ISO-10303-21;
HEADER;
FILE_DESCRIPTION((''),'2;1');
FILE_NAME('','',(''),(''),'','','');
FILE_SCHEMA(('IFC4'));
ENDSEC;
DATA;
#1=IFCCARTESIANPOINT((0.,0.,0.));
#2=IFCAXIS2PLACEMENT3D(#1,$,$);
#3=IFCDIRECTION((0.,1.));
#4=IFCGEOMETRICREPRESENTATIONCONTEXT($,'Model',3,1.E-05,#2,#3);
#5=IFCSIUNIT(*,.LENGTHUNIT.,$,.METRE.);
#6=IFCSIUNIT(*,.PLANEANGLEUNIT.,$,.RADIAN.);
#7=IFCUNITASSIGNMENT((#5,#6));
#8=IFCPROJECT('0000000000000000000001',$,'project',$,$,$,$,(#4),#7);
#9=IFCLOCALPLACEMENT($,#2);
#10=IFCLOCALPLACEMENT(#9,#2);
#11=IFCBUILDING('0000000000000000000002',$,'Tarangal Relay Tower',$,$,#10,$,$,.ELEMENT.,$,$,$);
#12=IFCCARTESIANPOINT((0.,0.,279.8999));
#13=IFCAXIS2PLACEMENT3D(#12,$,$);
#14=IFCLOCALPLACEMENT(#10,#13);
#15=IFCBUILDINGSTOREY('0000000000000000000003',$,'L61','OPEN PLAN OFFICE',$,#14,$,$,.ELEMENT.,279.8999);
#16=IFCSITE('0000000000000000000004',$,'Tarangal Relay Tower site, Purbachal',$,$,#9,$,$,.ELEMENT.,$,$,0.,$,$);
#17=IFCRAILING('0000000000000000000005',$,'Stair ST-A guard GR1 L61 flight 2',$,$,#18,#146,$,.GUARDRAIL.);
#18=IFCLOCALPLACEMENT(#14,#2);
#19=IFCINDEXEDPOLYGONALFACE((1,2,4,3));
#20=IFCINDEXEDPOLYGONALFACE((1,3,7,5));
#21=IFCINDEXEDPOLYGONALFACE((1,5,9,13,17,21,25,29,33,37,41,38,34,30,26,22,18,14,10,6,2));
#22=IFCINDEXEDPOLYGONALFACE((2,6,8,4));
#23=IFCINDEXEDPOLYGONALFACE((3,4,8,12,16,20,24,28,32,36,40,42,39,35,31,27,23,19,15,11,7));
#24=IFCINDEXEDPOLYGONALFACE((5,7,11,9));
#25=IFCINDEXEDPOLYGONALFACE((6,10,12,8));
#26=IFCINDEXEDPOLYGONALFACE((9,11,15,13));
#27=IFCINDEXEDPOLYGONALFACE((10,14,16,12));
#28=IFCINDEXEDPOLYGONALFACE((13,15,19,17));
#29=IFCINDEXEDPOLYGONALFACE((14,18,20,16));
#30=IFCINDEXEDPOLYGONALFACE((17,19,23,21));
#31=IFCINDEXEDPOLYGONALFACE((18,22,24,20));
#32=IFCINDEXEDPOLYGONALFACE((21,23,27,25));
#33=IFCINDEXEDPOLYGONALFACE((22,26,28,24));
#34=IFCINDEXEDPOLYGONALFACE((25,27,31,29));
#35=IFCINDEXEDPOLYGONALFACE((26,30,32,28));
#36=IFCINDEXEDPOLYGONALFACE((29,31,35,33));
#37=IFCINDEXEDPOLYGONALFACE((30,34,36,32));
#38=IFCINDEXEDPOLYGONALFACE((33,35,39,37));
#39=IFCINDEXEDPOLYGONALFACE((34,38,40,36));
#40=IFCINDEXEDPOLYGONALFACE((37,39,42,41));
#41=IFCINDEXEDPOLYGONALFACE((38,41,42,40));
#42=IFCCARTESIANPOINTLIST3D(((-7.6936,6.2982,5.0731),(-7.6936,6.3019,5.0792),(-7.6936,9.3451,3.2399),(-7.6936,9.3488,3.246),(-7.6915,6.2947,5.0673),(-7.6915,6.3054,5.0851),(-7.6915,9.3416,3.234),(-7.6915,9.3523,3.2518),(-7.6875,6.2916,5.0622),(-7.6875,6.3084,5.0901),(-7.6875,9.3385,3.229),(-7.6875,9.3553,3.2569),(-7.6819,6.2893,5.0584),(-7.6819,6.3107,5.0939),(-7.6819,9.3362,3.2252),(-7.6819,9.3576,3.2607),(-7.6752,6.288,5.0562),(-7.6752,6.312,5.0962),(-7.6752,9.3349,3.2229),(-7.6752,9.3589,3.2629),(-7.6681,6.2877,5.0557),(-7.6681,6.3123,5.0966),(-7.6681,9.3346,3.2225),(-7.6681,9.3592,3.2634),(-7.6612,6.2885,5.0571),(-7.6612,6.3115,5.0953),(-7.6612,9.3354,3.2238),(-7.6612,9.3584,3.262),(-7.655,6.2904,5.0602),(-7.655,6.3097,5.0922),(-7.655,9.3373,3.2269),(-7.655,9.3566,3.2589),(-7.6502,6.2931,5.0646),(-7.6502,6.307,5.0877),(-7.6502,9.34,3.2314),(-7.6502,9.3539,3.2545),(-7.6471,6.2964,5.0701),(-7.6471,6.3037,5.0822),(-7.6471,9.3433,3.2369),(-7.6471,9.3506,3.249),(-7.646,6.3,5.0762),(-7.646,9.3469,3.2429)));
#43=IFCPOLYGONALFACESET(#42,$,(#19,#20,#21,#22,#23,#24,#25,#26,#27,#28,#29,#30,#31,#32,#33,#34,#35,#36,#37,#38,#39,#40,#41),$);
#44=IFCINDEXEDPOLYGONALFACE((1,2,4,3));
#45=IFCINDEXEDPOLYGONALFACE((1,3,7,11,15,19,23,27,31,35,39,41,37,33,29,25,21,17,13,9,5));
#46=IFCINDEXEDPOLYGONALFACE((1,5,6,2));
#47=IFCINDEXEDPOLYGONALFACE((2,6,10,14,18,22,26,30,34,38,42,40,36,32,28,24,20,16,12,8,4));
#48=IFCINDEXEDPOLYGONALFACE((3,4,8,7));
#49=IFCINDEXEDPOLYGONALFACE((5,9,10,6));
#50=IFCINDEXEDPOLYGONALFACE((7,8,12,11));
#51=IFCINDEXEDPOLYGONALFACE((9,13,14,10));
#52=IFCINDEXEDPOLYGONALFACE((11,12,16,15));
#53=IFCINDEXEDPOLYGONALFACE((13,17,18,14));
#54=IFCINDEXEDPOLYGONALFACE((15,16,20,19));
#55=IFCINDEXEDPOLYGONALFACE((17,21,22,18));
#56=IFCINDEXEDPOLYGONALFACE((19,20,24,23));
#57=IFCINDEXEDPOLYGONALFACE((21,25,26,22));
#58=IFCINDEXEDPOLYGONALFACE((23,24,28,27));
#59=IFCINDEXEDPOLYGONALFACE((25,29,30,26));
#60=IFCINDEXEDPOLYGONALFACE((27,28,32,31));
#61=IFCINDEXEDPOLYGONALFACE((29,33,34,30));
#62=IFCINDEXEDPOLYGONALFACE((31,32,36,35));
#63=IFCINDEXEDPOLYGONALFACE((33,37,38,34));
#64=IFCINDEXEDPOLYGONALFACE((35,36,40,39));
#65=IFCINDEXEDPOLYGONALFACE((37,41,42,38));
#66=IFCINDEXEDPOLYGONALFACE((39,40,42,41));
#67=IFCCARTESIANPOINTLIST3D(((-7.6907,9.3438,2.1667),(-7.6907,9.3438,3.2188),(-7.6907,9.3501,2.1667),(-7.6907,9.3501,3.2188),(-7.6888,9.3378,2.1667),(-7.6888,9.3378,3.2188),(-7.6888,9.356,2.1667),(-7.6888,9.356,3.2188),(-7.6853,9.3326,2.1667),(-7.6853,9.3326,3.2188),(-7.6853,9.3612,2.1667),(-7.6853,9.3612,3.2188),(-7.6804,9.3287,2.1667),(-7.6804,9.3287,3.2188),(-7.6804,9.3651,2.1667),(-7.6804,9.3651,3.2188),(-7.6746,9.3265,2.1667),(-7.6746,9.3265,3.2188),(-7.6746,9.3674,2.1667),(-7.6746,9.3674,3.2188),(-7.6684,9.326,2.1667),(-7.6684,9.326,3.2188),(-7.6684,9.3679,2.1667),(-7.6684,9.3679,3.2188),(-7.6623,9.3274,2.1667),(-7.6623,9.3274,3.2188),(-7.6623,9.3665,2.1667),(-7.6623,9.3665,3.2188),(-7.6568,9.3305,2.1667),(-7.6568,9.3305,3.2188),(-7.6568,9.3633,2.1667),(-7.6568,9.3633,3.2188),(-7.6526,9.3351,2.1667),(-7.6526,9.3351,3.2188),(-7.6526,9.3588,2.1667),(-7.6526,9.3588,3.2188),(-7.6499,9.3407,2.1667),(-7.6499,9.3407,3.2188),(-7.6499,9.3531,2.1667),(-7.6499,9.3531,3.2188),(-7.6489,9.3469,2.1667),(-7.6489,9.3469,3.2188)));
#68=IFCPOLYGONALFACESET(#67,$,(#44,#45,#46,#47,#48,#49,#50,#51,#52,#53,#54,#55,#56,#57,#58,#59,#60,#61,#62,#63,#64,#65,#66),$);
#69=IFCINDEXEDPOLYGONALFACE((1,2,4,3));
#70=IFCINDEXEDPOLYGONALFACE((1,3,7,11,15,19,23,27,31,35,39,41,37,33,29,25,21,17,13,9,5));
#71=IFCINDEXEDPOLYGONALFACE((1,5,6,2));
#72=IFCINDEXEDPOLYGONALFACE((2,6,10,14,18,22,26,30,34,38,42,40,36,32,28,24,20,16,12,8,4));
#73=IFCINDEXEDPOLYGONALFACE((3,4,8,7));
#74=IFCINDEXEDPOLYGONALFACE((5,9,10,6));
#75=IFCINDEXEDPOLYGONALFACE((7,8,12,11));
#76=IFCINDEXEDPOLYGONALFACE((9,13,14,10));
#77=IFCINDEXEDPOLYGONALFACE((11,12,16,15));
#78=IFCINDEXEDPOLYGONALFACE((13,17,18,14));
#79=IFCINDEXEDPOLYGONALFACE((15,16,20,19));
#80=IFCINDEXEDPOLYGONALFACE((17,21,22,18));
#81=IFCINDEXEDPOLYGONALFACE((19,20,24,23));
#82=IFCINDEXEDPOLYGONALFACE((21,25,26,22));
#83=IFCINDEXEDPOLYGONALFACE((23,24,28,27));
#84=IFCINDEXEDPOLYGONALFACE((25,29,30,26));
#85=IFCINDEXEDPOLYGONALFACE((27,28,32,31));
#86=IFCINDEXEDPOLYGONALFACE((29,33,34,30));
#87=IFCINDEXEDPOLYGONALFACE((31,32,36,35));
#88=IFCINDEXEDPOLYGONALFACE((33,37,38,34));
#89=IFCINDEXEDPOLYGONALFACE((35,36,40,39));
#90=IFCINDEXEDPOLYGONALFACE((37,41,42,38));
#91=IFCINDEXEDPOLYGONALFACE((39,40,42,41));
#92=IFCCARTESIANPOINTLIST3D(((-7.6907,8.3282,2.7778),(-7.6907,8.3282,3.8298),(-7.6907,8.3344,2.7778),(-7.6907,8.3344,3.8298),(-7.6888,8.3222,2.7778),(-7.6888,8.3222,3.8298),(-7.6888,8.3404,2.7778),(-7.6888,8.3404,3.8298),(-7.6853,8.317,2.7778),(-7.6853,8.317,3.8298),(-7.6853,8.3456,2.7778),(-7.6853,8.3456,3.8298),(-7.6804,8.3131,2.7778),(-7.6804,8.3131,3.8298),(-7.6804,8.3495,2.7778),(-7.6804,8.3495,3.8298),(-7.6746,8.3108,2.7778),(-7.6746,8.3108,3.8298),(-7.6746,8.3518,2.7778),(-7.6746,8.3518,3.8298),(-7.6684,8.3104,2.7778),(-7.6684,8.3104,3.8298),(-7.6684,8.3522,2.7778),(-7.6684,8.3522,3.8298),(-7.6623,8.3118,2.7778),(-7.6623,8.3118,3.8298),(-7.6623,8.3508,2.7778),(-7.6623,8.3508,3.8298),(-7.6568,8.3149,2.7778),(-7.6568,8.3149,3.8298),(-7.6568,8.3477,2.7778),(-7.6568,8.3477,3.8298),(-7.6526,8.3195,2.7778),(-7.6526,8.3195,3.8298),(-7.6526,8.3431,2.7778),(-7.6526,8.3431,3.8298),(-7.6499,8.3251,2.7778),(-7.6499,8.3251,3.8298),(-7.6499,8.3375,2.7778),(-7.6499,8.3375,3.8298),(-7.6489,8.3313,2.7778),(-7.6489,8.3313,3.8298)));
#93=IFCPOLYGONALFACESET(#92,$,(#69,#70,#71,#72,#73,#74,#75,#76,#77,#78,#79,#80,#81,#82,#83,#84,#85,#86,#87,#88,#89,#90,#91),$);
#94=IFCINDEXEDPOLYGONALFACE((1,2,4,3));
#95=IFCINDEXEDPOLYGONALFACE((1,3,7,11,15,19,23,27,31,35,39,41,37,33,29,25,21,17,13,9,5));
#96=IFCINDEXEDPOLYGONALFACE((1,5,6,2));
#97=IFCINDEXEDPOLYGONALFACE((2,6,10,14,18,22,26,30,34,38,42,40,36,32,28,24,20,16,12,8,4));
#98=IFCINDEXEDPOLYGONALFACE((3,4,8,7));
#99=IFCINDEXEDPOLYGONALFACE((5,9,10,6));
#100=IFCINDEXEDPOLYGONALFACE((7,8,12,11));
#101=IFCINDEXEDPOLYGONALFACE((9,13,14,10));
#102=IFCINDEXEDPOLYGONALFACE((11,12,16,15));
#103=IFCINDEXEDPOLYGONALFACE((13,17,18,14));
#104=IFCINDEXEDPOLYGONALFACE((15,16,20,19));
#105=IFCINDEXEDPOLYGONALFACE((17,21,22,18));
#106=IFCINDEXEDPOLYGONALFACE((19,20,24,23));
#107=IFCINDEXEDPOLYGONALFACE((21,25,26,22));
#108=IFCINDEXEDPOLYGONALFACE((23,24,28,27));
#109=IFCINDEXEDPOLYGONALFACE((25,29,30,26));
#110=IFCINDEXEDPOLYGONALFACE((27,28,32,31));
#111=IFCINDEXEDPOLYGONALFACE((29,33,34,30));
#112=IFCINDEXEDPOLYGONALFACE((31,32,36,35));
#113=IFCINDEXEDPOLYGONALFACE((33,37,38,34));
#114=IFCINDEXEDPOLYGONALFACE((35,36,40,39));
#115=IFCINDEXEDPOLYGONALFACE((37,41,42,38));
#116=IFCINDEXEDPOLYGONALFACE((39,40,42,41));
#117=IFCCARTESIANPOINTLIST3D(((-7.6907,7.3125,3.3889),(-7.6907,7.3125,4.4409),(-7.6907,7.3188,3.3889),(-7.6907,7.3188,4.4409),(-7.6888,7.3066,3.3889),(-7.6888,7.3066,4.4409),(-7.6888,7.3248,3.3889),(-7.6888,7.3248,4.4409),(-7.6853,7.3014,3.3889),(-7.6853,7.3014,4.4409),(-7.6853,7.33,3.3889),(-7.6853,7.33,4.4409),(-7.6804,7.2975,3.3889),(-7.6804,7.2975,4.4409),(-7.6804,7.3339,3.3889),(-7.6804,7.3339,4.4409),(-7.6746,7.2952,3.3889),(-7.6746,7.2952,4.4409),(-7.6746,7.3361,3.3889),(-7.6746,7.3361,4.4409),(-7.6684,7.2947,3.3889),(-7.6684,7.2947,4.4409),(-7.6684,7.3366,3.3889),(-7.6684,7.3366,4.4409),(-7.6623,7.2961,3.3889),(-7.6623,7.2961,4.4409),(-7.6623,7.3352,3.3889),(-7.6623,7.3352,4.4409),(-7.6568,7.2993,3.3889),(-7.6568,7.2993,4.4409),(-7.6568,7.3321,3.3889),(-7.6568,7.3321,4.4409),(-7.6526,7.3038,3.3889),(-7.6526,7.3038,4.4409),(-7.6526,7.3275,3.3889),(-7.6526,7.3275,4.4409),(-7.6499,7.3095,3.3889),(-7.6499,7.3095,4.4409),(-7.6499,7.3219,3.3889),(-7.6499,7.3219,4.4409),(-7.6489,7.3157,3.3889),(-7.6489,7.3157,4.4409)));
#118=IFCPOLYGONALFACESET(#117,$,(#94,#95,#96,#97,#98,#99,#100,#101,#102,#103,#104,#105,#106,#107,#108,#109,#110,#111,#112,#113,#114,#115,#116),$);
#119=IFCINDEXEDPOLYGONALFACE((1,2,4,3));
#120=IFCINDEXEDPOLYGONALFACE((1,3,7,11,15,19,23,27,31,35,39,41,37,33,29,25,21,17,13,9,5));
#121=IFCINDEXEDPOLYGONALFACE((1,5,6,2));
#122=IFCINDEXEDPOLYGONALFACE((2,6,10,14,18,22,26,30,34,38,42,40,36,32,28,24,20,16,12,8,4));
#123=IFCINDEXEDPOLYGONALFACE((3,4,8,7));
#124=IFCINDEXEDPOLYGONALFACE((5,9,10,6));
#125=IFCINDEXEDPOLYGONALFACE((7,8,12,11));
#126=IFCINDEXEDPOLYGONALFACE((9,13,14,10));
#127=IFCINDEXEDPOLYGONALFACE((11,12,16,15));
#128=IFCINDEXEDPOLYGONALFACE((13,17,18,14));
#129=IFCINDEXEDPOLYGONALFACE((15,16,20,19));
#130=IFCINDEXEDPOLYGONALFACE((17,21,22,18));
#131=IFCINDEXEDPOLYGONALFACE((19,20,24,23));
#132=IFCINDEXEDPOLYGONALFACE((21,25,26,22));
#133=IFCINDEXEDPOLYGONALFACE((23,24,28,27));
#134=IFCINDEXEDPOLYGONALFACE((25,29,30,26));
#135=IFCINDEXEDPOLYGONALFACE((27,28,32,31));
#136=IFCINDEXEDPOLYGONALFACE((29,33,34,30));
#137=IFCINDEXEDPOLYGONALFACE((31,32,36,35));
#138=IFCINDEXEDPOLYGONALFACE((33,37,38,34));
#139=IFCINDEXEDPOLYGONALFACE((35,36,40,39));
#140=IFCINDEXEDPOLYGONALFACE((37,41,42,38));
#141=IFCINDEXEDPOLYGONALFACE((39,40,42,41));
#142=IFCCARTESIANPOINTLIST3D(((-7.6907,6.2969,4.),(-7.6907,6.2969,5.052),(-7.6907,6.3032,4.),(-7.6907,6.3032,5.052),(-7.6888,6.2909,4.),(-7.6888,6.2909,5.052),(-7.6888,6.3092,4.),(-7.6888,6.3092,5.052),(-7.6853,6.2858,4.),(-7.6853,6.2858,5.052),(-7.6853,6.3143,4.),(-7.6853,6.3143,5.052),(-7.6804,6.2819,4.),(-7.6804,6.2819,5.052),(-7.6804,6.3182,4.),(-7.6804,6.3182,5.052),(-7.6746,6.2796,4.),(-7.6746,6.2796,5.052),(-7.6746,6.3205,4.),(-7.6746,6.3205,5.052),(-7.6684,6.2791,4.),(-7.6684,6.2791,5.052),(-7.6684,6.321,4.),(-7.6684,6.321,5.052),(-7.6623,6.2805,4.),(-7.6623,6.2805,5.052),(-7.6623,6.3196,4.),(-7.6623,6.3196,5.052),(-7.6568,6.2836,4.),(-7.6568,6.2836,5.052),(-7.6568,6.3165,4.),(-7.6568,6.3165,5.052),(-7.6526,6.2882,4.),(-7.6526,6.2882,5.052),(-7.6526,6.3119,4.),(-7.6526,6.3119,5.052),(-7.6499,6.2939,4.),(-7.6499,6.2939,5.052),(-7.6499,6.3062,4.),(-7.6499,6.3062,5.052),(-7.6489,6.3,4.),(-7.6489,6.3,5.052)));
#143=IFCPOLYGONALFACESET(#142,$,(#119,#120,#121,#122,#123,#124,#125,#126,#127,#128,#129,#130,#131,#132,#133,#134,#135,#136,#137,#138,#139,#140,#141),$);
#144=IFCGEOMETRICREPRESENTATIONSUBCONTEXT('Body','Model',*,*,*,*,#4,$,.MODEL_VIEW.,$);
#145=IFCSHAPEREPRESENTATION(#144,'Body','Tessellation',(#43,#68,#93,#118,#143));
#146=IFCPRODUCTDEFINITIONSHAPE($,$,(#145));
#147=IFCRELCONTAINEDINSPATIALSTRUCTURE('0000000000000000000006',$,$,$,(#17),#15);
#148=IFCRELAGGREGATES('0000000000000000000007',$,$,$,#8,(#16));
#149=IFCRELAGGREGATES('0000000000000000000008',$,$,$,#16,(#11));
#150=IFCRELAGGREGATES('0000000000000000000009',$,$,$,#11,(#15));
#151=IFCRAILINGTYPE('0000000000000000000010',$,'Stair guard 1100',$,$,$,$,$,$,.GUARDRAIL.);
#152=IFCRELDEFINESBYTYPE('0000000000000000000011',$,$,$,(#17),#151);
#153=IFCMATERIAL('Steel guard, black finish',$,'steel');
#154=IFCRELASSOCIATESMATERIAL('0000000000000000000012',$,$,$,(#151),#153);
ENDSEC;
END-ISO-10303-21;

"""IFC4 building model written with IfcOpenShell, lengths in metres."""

from ifc_helpers import new_model, si_unit, direction, frame, origin, origin_2d, place, context, subcontext, project, spatial, circle, extrude, material, type_object, element, save


model = new_model("IFC4")

# Units and contexts
model_context = context("Model", 3, precision=1e-05, world=origin(), true_north=direction((0.0, 1.0)))
body_context = subcontext(model_context, "Body", "Model", "MODEL_VIEW")
ifc_project = project(units=[si_unit("LENGTHUNIT", "METRE"), si_unit("PLANEANGLEUNIT", "RADIAN")], contexts=[model_context])

# Site, building, storey
site_placement = place(None, origin())
site = spatial("IfcSite", under=ifc_project, at=site_placement, Name="Tarangal Relay Tower site, Purbachal", CompositionType="ELEMENT", RefElevation=0.0)
building_placement = place(site_placement, origin())
building = spatial("IfcBuilding", under=site, at=building_placement, Name="Tarangal Relay Tower", CompositionType="ELEMENT")
storey_placement = place(building_placement, frame((0.0, 0.0, 279.8999)))
storey = spatial("IfcBuildingStorey", under=building, at=storey_placement, Name="L61", Description="OPEN PLAN OFFICE", CompositionType="ELEMENT", Elevation=279.8999)

# Railing
ifc_material_1 = material(Name="Steel guard, black finish", Category="steel")
railing_type_1 = type_object("IfcRailingType", Name="Stair guard 1100", PredefinedType="GUARDRAIL", material=ifc_material_1)
railing_1_placement = place(storey_placement, frame((-7.6699, 9.3469, 2.1667)))
element("IfcRailing", 1, at=railing_1_placement, inside=storey, type_object=railing_type_1, Name="Stair ST-A guard GR1 L61 flight 2", PredefinedType="GUARDRAIL", context=body_context, shape_type="SweptSolid", body=[
    extrude(circle(Radius=0.0239, at=origin_2d()), frame((0.0, 0.0, 1.0762), z_axis=(0.0, -0.856856, 0.515556), x_axis=(1.0, 0.0, 0.0)), (0.0, 0.0, 1.0), 3.5559),
    extrude(circle(Radius=0.021, at=origin_2d()), origin(), (0.0, 0.0, 1.0), 1.052),
    extrude(circle(Radius=0.021, at=origin_2d()), frame((0.0, -1.0156, 0.6111)), (0.0, 0.0, 1.0), 1.052),
    extrude(circle(Radius=0.021, at=origin_2d()), frame((0.0, -2.0312, 1.2222)), (0.0, 0.0, 1.0), 1.052),
    extrude(circle(Radius=0.021, at=origin_2d()), frame((0.0, -3.0469, 1.8333)), (0.0, 0.0, 1.0), 1.052),
])

save(model, "model.ifc")
